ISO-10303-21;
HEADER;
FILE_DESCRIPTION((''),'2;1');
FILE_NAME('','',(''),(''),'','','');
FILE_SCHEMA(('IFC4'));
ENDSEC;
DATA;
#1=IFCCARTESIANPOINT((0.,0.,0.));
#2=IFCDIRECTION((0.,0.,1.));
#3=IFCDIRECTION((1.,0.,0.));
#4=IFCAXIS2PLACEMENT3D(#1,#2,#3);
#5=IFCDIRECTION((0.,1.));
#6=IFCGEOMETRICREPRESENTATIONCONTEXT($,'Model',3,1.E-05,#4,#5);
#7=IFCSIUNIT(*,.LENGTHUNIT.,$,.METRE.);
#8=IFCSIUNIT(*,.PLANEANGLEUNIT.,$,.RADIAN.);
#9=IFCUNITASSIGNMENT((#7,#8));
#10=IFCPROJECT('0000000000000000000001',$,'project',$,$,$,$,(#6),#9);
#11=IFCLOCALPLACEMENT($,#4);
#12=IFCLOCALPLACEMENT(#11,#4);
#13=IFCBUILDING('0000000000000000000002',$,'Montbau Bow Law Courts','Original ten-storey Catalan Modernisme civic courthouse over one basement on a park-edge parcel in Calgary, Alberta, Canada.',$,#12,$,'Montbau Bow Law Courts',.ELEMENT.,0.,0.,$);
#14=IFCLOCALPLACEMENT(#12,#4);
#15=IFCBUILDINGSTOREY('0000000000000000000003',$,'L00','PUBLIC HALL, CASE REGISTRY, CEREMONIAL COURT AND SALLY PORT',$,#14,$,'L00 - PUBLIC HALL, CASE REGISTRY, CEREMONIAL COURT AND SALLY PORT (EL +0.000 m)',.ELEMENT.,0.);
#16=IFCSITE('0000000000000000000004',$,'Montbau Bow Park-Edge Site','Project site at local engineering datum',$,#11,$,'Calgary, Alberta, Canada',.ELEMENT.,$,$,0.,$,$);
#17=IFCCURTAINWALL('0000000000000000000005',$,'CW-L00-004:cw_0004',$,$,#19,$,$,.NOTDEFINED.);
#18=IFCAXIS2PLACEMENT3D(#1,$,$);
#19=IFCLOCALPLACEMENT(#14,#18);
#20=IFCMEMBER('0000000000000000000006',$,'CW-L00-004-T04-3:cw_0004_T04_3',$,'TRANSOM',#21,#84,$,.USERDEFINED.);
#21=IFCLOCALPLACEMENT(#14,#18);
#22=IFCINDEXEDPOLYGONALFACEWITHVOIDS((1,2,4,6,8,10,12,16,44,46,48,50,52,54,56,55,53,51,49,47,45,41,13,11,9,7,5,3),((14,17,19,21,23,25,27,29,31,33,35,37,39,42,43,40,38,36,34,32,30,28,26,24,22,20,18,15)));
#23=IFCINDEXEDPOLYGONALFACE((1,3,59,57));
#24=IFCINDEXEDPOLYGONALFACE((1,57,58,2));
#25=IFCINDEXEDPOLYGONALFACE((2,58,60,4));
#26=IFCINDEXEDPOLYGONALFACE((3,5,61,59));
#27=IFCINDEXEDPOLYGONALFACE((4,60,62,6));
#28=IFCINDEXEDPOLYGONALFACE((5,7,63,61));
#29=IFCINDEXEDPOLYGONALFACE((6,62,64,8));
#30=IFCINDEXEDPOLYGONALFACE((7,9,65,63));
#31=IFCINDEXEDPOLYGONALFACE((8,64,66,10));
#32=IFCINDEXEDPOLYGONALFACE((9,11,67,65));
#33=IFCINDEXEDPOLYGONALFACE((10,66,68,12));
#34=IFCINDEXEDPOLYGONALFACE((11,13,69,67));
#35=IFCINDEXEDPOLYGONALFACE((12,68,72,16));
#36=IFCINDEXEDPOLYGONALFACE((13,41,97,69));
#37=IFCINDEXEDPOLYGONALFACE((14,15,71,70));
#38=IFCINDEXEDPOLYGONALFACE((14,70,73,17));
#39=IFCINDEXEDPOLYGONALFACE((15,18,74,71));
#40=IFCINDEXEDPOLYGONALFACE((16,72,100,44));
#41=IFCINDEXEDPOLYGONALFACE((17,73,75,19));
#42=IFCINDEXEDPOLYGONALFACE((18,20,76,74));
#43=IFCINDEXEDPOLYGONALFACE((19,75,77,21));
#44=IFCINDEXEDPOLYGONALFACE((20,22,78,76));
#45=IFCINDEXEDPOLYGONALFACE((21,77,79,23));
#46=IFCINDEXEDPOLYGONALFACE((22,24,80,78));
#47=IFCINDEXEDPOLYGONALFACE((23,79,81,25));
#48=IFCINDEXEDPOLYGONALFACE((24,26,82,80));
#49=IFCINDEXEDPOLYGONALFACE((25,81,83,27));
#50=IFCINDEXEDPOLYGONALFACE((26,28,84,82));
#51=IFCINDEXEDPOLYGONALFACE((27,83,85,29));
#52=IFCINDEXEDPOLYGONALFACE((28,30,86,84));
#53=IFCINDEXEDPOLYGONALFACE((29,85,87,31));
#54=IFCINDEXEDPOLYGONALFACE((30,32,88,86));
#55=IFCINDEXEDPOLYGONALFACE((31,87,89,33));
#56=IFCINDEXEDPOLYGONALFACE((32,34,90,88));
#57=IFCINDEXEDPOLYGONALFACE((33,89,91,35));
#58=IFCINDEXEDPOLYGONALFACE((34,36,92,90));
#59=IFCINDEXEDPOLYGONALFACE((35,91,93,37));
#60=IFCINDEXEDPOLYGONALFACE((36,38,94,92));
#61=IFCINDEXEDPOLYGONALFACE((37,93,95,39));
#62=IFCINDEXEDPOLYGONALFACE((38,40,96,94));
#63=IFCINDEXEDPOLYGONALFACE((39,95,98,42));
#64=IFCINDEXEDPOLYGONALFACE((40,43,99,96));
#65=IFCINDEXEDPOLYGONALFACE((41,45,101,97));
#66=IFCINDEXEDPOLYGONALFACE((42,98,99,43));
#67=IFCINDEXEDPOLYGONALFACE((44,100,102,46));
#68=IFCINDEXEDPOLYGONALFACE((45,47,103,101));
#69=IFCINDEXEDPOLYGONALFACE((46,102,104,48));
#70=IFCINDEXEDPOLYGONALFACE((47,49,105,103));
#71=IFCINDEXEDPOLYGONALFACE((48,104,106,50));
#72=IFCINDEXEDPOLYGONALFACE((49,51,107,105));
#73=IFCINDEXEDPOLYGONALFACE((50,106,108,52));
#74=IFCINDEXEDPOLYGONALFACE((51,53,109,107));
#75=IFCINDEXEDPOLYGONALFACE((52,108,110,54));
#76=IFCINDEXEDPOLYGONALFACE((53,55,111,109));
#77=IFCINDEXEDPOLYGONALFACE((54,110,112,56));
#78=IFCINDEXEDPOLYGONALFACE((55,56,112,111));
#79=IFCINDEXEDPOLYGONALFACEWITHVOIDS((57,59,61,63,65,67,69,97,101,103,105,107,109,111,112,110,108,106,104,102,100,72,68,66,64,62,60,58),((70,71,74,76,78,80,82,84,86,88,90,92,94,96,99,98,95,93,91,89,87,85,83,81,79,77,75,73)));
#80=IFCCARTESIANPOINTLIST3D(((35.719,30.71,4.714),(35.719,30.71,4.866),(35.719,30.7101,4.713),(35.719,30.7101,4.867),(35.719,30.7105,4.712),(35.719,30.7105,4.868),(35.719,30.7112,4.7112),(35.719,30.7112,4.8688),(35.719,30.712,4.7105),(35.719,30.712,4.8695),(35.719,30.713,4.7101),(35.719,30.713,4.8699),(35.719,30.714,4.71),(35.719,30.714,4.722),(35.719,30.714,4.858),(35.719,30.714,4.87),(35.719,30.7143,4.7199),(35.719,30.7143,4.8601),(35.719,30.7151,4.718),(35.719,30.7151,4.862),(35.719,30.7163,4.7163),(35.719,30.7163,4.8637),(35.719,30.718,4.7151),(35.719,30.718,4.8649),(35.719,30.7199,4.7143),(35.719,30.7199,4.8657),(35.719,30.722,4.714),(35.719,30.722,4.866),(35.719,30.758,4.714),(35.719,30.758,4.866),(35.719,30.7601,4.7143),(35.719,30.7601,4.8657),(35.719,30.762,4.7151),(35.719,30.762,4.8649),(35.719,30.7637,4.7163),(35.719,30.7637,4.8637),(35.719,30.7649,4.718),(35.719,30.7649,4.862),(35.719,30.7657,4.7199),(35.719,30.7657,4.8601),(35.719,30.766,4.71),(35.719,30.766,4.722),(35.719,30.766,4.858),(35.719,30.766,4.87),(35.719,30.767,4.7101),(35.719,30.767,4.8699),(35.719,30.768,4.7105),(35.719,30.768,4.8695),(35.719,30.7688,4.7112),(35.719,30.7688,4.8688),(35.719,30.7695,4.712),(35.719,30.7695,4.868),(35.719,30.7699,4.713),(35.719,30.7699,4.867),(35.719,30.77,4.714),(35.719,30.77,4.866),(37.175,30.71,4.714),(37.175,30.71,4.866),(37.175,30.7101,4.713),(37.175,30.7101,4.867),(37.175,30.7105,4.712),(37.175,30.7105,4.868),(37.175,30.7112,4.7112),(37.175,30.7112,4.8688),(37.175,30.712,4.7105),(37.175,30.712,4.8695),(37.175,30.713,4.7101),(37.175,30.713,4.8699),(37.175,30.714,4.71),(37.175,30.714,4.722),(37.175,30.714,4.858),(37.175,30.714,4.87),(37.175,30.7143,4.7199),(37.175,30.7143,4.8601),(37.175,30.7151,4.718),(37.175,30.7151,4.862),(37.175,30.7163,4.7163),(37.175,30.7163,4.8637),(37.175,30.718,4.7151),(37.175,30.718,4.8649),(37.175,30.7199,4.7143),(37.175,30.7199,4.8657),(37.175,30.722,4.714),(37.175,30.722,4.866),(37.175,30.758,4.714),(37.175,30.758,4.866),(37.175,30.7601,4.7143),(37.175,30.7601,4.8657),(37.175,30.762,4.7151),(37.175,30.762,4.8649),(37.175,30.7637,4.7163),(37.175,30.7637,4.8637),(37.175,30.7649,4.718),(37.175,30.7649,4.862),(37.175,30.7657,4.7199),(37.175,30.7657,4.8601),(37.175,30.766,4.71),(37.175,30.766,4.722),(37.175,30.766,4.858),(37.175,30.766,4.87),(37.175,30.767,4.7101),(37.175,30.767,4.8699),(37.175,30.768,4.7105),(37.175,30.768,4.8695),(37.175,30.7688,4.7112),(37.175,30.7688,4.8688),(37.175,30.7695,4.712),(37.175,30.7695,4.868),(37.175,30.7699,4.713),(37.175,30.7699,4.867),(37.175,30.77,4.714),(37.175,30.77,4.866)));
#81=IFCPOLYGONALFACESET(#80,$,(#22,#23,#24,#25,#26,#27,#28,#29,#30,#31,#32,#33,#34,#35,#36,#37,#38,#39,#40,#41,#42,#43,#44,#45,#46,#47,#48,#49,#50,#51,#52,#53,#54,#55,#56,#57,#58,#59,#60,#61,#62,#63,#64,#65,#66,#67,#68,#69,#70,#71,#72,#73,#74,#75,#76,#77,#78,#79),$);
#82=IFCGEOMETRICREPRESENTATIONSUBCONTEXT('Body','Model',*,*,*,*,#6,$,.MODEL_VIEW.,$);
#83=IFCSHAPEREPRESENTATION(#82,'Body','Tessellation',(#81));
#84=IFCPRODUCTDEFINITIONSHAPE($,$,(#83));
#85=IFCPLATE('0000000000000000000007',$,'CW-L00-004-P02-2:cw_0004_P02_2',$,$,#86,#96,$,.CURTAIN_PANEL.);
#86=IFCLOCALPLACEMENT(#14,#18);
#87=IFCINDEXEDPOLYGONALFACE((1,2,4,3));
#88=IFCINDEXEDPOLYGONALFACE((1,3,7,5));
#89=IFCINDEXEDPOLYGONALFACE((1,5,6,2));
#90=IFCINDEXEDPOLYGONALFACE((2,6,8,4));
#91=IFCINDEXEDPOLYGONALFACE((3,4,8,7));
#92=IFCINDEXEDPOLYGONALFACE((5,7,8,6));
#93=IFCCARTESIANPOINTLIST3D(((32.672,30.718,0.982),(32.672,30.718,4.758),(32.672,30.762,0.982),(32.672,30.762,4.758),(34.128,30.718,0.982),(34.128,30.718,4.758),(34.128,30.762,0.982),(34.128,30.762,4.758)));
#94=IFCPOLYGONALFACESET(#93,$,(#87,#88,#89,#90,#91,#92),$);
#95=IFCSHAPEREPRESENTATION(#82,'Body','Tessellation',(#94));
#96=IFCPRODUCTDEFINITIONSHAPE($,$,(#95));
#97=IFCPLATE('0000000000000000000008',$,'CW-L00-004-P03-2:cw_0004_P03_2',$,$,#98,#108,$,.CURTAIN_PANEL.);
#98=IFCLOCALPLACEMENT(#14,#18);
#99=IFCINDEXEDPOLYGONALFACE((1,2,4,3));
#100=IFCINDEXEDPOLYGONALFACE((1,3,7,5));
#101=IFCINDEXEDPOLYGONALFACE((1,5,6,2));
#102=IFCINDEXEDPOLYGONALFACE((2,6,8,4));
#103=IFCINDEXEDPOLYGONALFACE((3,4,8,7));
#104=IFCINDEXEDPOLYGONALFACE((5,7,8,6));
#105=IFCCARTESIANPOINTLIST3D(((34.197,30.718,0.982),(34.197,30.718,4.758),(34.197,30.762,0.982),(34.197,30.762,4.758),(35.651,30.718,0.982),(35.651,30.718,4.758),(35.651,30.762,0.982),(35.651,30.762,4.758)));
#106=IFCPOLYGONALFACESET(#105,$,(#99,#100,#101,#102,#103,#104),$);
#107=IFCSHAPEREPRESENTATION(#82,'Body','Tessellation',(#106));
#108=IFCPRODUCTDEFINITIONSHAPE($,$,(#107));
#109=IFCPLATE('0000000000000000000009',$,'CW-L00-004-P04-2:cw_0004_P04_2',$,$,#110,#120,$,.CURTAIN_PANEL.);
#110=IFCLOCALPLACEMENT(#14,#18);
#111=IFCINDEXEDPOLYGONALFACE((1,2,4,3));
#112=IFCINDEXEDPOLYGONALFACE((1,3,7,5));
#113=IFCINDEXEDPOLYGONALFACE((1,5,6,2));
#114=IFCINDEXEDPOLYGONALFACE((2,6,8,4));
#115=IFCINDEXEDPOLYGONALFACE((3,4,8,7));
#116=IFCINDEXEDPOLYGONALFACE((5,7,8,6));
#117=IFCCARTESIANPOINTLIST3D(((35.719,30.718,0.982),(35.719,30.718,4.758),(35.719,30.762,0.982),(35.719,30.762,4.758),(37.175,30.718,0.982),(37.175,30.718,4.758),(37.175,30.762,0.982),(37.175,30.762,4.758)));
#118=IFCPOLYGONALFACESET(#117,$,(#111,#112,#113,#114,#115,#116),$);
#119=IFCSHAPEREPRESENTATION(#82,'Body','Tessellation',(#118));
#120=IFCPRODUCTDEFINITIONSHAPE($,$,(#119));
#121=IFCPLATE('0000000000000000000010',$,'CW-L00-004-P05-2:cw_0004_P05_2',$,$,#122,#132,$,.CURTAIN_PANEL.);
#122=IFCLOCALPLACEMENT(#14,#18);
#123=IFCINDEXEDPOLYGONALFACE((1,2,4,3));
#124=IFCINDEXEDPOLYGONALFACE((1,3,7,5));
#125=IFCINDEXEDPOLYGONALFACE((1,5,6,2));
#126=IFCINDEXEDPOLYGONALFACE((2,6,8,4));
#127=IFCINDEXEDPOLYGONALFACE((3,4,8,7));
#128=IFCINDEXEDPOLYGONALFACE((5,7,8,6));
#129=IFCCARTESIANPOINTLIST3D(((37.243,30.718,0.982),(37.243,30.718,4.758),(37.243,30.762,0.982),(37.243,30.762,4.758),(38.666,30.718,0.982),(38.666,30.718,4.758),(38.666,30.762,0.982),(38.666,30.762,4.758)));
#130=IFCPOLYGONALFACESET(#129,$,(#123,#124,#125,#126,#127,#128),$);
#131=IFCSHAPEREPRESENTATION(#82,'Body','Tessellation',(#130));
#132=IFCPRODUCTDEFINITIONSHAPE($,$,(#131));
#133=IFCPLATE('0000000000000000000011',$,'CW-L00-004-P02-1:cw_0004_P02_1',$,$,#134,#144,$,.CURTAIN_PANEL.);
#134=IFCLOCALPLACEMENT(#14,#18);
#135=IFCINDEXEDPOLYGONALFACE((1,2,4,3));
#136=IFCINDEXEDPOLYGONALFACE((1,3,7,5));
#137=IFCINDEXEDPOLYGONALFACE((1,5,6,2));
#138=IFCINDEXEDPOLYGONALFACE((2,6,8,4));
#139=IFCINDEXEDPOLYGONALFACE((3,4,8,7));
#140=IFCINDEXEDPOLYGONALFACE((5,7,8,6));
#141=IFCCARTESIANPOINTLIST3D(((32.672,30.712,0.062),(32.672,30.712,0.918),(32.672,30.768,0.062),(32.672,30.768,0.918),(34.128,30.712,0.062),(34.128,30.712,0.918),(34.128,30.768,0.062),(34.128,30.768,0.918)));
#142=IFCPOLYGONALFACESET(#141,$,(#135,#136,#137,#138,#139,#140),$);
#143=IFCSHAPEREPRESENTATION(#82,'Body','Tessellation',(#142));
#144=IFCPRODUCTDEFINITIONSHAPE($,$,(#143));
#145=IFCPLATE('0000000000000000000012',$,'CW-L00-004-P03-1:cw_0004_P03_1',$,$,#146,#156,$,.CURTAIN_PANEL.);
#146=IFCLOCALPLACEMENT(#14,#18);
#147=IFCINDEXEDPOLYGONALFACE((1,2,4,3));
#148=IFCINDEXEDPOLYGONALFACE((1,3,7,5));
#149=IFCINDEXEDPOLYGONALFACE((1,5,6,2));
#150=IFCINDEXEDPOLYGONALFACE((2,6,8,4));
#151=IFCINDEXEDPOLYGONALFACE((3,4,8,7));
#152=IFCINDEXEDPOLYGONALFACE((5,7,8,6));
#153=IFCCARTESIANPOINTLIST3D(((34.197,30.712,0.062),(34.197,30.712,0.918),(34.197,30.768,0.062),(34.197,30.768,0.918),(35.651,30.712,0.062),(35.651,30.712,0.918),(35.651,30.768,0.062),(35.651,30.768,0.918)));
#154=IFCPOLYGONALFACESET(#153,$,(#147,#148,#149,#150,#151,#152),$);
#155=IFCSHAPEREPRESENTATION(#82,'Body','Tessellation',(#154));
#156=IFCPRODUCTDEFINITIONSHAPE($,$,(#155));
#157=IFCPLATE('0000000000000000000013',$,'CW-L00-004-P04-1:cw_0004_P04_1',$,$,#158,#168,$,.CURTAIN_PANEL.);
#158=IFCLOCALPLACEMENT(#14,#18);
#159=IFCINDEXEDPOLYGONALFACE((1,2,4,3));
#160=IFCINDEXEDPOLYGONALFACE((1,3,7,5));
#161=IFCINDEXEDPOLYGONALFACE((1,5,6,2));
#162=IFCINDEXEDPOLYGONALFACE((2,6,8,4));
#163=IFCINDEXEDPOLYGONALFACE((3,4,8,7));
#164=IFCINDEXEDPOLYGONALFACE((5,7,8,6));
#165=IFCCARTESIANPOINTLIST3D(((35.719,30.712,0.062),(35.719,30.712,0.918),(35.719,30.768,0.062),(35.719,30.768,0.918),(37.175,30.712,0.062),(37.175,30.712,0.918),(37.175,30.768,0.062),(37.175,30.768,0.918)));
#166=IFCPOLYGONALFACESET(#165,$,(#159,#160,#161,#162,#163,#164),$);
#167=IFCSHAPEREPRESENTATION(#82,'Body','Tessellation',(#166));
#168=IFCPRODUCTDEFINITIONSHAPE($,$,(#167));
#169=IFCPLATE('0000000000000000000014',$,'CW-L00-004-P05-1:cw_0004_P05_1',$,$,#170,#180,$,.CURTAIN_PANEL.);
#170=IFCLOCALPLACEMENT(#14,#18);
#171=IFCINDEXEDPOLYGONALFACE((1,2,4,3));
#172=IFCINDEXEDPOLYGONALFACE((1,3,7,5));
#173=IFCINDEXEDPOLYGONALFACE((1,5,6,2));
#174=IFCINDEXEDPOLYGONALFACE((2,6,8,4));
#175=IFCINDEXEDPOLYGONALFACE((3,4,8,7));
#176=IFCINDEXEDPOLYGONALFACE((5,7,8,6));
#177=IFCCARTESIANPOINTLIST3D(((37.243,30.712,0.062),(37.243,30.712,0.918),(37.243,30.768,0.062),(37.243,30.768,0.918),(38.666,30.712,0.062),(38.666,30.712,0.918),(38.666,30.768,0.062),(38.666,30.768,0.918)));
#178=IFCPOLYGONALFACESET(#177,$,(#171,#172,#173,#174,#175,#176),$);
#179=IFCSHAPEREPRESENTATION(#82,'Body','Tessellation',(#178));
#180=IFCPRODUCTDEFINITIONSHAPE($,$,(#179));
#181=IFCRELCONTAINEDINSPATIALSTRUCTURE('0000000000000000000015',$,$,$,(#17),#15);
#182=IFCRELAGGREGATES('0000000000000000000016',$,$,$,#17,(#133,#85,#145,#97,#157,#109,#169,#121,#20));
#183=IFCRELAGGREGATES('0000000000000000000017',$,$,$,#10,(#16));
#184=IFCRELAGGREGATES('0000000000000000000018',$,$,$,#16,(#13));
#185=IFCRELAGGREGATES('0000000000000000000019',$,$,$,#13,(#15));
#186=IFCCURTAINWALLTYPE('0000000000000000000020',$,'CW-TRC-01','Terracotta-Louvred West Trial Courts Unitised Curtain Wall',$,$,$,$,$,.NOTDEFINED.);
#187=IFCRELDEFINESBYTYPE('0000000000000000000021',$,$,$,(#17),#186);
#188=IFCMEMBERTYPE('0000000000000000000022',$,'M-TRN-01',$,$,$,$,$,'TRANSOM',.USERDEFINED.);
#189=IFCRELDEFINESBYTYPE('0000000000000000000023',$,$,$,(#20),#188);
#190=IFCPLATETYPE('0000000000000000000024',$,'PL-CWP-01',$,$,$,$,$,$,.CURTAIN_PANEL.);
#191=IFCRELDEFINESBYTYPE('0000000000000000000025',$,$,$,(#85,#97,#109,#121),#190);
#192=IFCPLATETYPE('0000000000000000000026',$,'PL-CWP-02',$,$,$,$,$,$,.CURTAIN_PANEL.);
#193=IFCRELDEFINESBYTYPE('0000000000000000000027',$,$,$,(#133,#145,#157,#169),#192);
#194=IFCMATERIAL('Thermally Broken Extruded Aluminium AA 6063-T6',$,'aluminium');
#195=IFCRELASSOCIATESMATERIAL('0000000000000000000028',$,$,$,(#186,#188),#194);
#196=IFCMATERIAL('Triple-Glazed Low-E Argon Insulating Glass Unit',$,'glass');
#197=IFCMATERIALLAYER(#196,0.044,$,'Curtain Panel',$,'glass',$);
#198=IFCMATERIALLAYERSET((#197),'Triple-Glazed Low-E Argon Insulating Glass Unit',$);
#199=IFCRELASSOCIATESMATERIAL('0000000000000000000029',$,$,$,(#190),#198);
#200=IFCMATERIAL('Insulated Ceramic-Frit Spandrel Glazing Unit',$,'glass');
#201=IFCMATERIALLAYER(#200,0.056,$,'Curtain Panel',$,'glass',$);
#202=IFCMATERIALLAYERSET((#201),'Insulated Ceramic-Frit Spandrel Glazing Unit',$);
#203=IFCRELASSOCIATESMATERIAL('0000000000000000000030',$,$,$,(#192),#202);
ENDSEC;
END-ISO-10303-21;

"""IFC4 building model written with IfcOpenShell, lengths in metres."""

from ifc_helpers import new_model, si_unit, direction, frame, frame_2d, origin_with_axes, origin_2d_with_axis, place, context, subcontext, project, spatial, rectangle, hollow_rectangle, extrude, material, layer, layer_set, material_profile, profile_set, type_object, element, aggregate, save


model = new_model("IFC4")

# Units and contexts
model_context = context("Model", 3, precision=1e-05, world=origin_with_axes(), true_north=direction((0.0, 1.0)))
body_context = subcontext(model_context, "Body", "Model", "MODEL_VIEW")
ifc_project = project(units=[si_unit("LENGTHUNIT", "METRE"), si_unit("PLANEANGLEUNIT", "RADIAN")], contexts=[model_context])

# Site, building, storey
site_placement = place(None, origin_with_axes())
site = spatial("IfcSite", under=ifc_project, at=site_placement, Name="Montbau Bow Park-Edge Site", Description="Project site at local engineering datum", LongName="Calgary, Alberta, Canada", CompositionType="ELEMENT", RefElevation=0.0)
building_placement = place(site_placement, origin_with_axes())
building = spatial("IfcBuilding", under=site, at=building_placement, Name="Montbau Bow Law Courts", Description="Original ten-storey Catalan Modernisme civic courthouse over one basement on a park-edge parcel in Calgary, Alberta, Canada.", LongName="Montbau Bow Law Courts", CompositionType="ELEMENT", ElevationOfRefHeight=0.0, ElevationOfTerrain=0.0)
storey_placement = place(building_placement, origin_with_axes())
storey = spatial("IfcBuildingStorey", under=building, at=storey_placement, Name="L00", Description="PUBLIC HALL, CASE REGISTRY, CEREMONIAL COURT AND SALLY PORT", LongName="L00 - PUBLIC HALL, CASE REGISTRY, CEREMONIAL COURT AND SALLY PORT (EL +0.000 m)", CompositionType="ELEMENT", Elevation=0.0)

# Curtain wall, member, plates
ifc_material_1 = material(Name="Thermally Broken Extruded Aluminium AA 6063-T6", Category="aluminium")
curtain_wall_type = type_object("IfcCurtainWallType", Name="CW-TRC-01", Description="Terracotta-Louvred West Trial Courts Unitised Curtain Wall", PredefinedType="NOTDEFINED", material=ifc_material_1)
curtain_wall_placement = place(None, frame((31.115, 30.74, 0.0), z_axis=(0.0, 0.0, 1.0), x_axis=(1.0, 0.0, 0.0)))
curtain_wall = element("IfcCurtainWall", 1, at=curtain_wall_placement, inside=storey, type_object=curtain_wall_type, Name="CW-L00-004:cw_0004", PredefinedType="NOTDEFINED")
ifc_material_profile_1 = material_profile(ifc_material_1, hollow_rectangle(XDim=0.06, YDim=0.16, WallThickness=0.004, InnerFilletRadius=0.008, OuterFilletRadius=0.004, at=origin_2d_with_axis()), Name="CWT-160X60", Category="Main", Priority=0)
ifc_profile_set_1 = profile_set([ifc_material_profile_1], Name="Thermally Broken Extruded Aluminium AA 6063-T6")
member_type_1 = type_object("IfcMemberType", Name="M-TRN-01", ElementType="TRANSOM", PredefinedType="USERDEFINED", material=ifc_profile_set_1)
member_1_placement = place(None, frame((35.719, 30.74, 4.79), z_axis=(1.0, 0.0, 0.0), x_axis=(0.0, 1.0, 0.0)))
member_1 = element("IfcMember", 2, at=member_1_placement, type_object=member_type_1, Name="CW-L00-004-T04-3:cw_0004_T04_3", ObjectType="TRANSOM", PredefinedType="USERDEFINED", context=body_context, shape_type="SweptSolid", body=[
    extrude(hollow_rectangle(XDim=0.06, YDim=0.16, WallThickness=0.004, InnerFilletRadius=0.008, OuterFilletRadius=0.004, at=origin_2d_with_axis()), origin_with_axes(), (0.0, 0.0, 1.0), 1.456),
])
ifc_material_2 = material(Name="Triple-Glazed Low-E Argon Insulating Glass Unit", Category="glass")
ifc_layer_1 = layer(ifc_material_2, 0.044, Name="Curtain Panel", Category="glass")
ifc_layer_set_1 = layer_set([ifc_layer_1], Name="Triple-Glazed Low-E Argon Insulating Glass Unit")
plate_type_1 = type_object("IfcPlateType", Name="PL-CWP-01", PredefinedType="CURTAIN_PANEL", material=ifc_layer_set_1)
plate_1_placement = place(None, frame((32.672, 30.74, 0.982), z_axis=(0.0, -1.0, 0.0), x_axis=(1.0, 0.0, 0.0)))
plate_1 = element("IfcPlate", 3, at=plate_1_placement, type_object=plate_type_1, Name="CW-L00-004-P02-2:cw_0004_P02_2", PredefinedType="CURTAIN_PANEL", context=body_context, shape_type="SweptSolid", body=[
    extrude(rectangle(XDim=1.456, YDim=3.776, at=frame_2d((0.728, 1.888), x_axis=(1.0, 0.0))), frame((0.0, 0.0, -0.022), z_axis=(0.0, 0.0, 1.0), x_axis=(1.0, 0.0, 0.0)), (0.0, 0.0, 1.0), 0.044),
])
plate_2_placement = place(None, frame((34.197, 30.74, 0.982), z_axis=(0.0, -1.0, 0.0), x_axis=(1.0, 0.0, 0.0)))
plate_2 = element("IfcPlate", 4, at=plate_2_placement, type_object=plate_type_1, Name="CW-L00-004-P03-2:cw_0004_P03_2", PredefinedType="CURTAIN_PANEL", context=body_context, shape_type="SweptSolid", body=[
    extrude(rectangle(XDim=1.454, YDim=3.776, at=frame_2d((0.727, 1.888), x_axis=(1.0, 0.0))), frame((0.0, 0.0, -0.022), z_axis=(0.0, 0.0, 1.0), x_axis=(1.0, 0.0, 0.0)), (0.0, 0.0, 1.0), 0.044),
])
plate_3_placement = place(None, frame((35.719, 30.74, 0.982), z_axis=(0.0, -1.0, 0.0), x_axis=(1.0, 0.0, 0.0)))
plate_3 = element("IfcPlate", 5, at=plate_3_placement, type_object=plate_type_1, Name="CW-L00-004-P04-2:cw_0004_P04_2", PredefinedType="CURTAIN_PANEL", context=body_context, shape_type="SweptSolid", body=[
    extrude(rectangle(XDim=1.456, YDim=3.776, at=frame_2d((0.728, 1.888), x_axis=(1.0, 0.0))), frame((0.0, 0.0, -0.022), z_axis=(0.0, 0.0, 1.0), x_axis=(1.0, 0.0, 0.0)), (0.0, 0.0, 1.0), 0.044),
])
plate_4_placement = place(None, frame((37.243, 30.74, 0.982), z_axis=(0.0, -1.0, 0.0), x_axis=(1.0, 0.0, 0.0)))
plate_4 = element("IfcPlate", 6, at=plate_4_placement, type_object=plate_type_1, Name="CW-L00-004-P05-2:cw_0004_P05_2", PredefinedType="CURTAIN_PANEL", context=body_context, shape_type="SweptSolid", body=[
    extrude(rectangle(XDim=1.423, YDim=3.776, at=frame_2d((0.7115, 1.888), x_axis=(1.0, 0.0))), frame((0.0, 0.0, -0.022), z_axis=(0.0, 0.0, 1.0), x_axis=(1.0, 0.0, 0.0)), (0.0, 0.0, 1.0), 0.044),
])
ifc_material_3 = material(Name="Insulated Ceramic-Frit Spandrel Glazing Unit", Category="glass")
ifc_layer_2 = layer(ifc_material_3, 0.056, Name="Curtain Panel", Category="glass")
ifc_layer_set_2 = layer_set([ifc_layer_2], Name="Insulated Ceramic-Frit Spandrel Glazing Unit")
plate_type_2 = type_object("IfcPlateType", Name="PL-CWP-02", PredefinedType="CURTAIN_PANEL", material=ifc_layer_set_2)
plate_5_placement = place(None, frame((32.672, 30.74, 0.062), z_axis=(0.0, -1.0, 0.0), x_axis=(1.0, 0.0, 0.0)))
plate_5 = element("IfcPlate", 7, at=plate_5_placement, type_object=plate_type_2, Name="CW-L00-004-P02-1:cw_0004_P02_1", PredefinedType="CURTAIN_PANEL", context=body_context, shape_type="SweptSolid", body=[
    extrude(rectangle(XDim=1.456, YDim=0.856, at=frame_2d((0.728, 0.428), x_axis=(1.0, 0.0))), frame((0.0, 0.0, -0.028), z_axis=(0.0, 0.0, 1.0), x_axis=(1.0, 0.0, 0.0)), (0.0, 0.0, 1.0), 0.056),
])
plate_6_placement = place(None, frame((34.197, 30.74, 0.062), z_axis=(0.0, -1.0, 0.0), x_axis=(1.0, 0.0, 0.0)))
plate_6 = element("IfcPlate", 8, at=plate_6_placement, type_object=plate_type_2, Name="CW-L00-004-P03-1:cw_0004_P03_1", PredefinedType="CURTAIN_PANEL", context=body_context, shape_type="SweptSolid", body=[
    extrude(rectangle(XDim=1.454, YDim=0.856, at=frame_2d((0.727, 0.428), x_axis=(1.0, 0.0))), frame((0.0, 0.0, -0.028), z_axis=(0.0, 0.0, 1.0), x_axis=(1.0, 0.0, 0.0)), (0.0, 0.0, 1.0), 0.056),
])
plate_7_placement = place(None, frame((35.719, 30.74, 0.062), z_axis=(0.0, -1.0, 0.0), x_axis=(1.0, 0.0, 0.0)))
plate_7 = element("IfcPlate", 9, at=plate_7_placement, type_object=plate_type_2, Name="CW-L00-004-P04-1:cw_0004_P04_1", PredefinedType="CURTAIN_PANEL", context=body_context, shape_type="SweptSolid", body=[
    extrude(rectangle(XDim=1.456, YDim=0.856, at=frame_2d((0.728, 0.428), x_axis=(1.0, 0.0))), frame((0.0, 0.0, -0.028), z_axis=(0.0, 0.0, 1.0), x_axis=(1.0, 0.0, 0.0)), (0.0, 0.0, 1.0), 0.056),
])
plate_8_placement = place(None, frame((37.243, 30.74, 0.062), z_axis=(0.0, -1.0, 0.0), x_axis=(1.0, 0.0, 0.0)))
plate_8 = element("IfcPlate", 10, at=plate_8_placement, type_object=plate_type_2, Name="CW-L00-004-P05-1:cw_0004_P05_1", PredefinedType="CURTAIN_PANEL", context=body_context, shape_type="SweptSolid", body=[
    extrude(rectangle(XDim=1.423, YDim=0.856, at=frame_2d((0.7115, 0.428), x_axis=(1.0, 0.0))), frame((0.0, 0.0, -0.028), z_axis=(0.0, 0.0, 1.0), x_axis=(1.0, 0.0, 0.0)), (0.0, 0.0, 1.0), 0.056),
])
aggregate(curtain_wall, [plate_5, plate_1, plate_6, plate_2, plate_7, plate_3, plate_8, plate_4, member_1])

save(model, "model.ifc")
